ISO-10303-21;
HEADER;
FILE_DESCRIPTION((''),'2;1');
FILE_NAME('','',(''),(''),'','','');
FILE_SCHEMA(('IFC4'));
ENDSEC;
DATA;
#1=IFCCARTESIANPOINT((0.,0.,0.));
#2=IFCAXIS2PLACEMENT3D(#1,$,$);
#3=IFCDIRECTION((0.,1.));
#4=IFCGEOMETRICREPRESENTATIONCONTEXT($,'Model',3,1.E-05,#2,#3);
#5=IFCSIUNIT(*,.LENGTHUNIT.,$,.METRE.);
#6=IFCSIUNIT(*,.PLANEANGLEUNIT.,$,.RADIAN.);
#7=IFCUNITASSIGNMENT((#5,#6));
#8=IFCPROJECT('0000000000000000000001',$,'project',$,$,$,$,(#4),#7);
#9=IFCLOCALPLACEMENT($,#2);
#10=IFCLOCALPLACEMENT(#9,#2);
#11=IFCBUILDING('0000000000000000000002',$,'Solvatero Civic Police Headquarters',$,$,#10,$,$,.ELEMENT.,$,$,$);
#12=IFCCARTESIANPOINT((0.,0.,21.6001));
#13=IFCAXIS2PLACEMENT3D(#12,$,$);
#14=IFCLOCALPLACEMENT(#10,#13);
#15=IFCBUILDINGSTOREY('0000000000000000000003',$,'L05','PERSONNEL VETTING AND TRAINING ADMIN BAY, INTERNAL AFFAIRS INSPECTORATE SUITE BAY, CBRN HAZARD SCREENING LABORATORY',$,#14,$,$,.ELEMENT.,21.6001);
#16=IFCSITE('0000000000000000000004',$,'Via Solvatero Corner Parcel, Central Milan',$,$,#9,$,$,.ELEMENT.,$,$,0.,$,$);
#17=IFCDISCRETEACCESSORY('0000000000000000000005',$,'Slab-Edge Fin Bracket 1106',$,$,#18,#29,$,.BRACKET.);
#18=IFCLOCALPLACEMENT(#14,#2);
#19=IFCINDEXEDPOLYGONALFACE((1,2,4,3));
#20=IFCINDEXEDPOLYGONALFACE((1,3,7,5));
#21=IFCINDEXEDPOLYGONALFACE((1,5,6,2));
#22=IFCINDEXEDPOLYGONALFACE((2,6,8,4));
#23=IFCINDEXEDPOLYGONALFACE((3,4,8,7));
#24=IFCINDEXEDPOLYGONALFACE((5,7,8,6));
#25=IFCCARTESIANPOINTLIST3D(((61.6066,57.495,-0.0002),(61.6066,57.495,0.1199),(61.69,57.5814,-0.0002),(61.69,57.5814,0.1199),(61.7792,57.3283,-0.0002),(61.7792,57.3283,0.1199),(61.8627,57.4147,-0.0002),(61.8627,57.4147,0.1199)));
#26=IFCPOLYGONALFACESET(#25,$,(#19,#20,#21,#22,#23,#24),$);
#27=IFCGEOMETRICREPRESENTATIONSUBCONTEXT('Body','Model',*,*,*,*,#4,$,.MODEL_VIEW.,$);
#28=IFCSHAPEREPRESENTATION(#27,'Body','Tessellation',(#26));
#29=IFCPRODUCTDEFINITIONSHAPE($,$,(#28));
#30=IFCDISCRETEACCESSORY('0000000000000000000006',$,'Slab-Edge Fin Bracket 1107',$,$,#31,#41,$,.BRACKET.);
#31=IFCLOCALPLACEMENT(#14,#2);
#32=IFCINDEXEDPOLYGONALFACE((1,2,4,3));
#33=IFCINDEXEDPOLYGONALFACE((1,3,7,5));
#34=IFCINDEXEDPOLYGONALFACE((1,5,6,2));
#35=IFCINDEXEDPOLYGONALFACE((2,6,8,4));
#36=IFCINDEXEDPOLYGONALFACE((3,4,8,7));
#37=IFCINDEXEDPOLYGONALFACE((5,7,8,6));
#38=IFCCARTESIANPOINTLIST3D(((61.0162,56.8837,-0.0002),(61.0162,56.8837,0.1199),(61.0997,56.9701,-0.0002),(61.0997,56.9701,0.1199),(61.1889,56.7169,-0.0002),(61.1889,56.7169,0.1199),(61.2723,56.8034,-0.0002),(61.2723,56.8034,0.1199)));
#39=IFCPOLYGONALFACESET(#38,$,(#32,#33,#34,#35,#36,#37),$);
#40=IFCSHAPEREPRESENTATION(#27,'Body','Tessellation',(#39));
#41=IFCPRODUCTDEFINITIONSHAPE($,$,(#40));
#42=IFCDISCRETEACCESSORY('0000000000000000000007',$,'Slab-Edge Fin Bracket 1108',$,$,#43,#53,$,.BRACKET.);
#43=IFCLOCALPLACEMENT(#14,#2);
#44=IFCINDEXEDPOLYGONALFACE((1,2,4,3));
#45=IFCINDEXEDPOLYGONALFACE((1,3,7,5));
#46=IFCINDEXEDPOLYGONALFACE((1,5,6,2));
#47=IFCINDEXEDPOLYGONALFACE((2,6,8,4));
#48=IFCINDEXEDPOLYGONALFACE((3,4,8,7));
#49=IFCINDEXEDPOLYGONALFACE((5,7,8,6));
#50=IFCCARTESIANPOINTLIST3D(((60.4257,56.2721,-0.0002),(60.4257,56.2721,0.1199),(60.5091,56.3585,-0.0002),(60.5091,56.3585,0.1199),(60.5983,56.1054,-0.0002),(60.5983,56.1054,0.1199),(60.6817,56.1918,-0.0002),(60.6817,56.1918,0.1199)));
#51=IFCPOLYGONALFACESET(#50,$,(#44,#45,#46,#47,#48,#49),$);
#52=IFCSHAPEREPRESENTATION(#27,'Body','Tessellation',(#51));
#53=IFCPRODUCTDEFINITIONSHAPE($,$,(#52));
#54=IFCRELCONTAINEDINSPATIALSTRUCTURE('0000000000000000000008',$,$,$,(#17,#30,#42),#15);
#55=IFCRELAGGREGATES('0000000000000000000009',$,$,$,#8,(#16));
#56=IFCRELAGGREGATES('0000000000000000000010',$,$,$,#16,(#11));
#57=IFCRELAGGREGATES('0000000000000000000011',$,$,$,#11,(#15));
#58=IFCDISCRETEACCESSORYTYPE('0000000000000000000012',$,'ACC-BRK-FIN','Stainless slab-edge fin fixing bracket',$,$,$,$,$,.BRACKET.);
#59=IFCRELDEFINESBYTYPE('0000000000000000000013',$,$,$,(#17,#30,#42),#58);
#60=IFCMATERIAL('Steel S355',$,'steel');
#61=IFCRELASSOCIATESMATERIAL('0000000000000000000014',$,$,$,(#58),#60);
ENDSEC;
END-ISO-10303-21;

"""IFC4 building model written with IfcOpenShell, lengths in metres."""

from ifc_helpers import new_model, si_unit, direction, frame, origin, origin_2d, place, context, subcontext, project, spatial, rectangle, extrude, material, type_object, element, save


model = new_model("IFC4")

# Units and contexts
model_context = context("Model", 3, precision=1e-05, world=origin(), true_north=direction((0.0, 1.0)))
body_context = subcontext(model_context, "Body", "Model", "MODEL_VIEW")
ifc_project = project(units=[si_unit("LENGTHUNIT", "METRE"), si_unit("PLANEANGLEUNIT", "RADIAN")], contexts=[model_context])

# Site, building, storey
site_placement = place(None, origin())
site = spatial("IfcSite", under=ifc_project, at=site_placement, Name="Via Solvatero Corner Parcel, Central Milan", CompositionType="ELEMENT", RefElevation=0.0)
building_placement = place(site_placement, origin())
building = spatial("IfcBuilding", under=site, at=building_placement, Name="Solvatero Civic Police Headquarters", CompositionType="ELEMENT")
storey_placement = place(building_placement, frame((0.0, 0.0, 21.6001)))
storey = spatial("IfcBuildingStorey", under=building, at=storey_placement, Name="L05", Description="PERSONNEL VETTING AND TRAINING ADMIN BAY, INTERNAL AFFAIRS INSPECTORATE SUITE BAY, CBRN HAZARD SCREENING LABORATORY", CompositionType="ELEMENT", Elevation=21.6001)

# Shared definitions
ifc_material_1 = material(Name="Steel S355", Category="steel")

# Discrete accessories
discrete_accessory_type = type_object("IfcDiscreteAccessoryType", Name="ACC-BRK-FIN", Description="Stainless slab-edge fin fixing bracket", PredefinedType="BRACKET", material=ifc_material_1)
for number, where, z_axis, x_axis, name in (
    (1, (61.7346, 57.4548, -0.0002), (0.0, 0.0, 1.0), (-0.694658, -0.71934, 0.0), "Slab-Edge Fin Bracket 1106"),
    (2, (61.1443, 56.8435, -0.0002), (0.0, 0.0, 1.0), (-0.694658, -0.71934, 0.0), "Slab-Edge Fin Bracket 1107"),
    (3, (60.5537, 56.2319, -0.0002), (0.0, 0.0, 1.0), (-0.694658, -0.71934, 0.0), "Slab-Edge Fin Bracket 1108"),
):
    element("IfcDiscreteAccessory", number, at=place(storey_placement, frame(where, z_axis=z_axis, x_axis=x_axis)), inside=storey, type_object=discrete_accessory_type, Name=name, PredefinedType="BRACKET", context=body_context, shape_type="SweptSolid", body=[
        extrude(rectangle(XDim=0.1201, YDim=0.24, at=origin_2d()), origin(), (0.0, 0.0, 1.0), 0.1201),
    ])

save(model, "model.ifc")
